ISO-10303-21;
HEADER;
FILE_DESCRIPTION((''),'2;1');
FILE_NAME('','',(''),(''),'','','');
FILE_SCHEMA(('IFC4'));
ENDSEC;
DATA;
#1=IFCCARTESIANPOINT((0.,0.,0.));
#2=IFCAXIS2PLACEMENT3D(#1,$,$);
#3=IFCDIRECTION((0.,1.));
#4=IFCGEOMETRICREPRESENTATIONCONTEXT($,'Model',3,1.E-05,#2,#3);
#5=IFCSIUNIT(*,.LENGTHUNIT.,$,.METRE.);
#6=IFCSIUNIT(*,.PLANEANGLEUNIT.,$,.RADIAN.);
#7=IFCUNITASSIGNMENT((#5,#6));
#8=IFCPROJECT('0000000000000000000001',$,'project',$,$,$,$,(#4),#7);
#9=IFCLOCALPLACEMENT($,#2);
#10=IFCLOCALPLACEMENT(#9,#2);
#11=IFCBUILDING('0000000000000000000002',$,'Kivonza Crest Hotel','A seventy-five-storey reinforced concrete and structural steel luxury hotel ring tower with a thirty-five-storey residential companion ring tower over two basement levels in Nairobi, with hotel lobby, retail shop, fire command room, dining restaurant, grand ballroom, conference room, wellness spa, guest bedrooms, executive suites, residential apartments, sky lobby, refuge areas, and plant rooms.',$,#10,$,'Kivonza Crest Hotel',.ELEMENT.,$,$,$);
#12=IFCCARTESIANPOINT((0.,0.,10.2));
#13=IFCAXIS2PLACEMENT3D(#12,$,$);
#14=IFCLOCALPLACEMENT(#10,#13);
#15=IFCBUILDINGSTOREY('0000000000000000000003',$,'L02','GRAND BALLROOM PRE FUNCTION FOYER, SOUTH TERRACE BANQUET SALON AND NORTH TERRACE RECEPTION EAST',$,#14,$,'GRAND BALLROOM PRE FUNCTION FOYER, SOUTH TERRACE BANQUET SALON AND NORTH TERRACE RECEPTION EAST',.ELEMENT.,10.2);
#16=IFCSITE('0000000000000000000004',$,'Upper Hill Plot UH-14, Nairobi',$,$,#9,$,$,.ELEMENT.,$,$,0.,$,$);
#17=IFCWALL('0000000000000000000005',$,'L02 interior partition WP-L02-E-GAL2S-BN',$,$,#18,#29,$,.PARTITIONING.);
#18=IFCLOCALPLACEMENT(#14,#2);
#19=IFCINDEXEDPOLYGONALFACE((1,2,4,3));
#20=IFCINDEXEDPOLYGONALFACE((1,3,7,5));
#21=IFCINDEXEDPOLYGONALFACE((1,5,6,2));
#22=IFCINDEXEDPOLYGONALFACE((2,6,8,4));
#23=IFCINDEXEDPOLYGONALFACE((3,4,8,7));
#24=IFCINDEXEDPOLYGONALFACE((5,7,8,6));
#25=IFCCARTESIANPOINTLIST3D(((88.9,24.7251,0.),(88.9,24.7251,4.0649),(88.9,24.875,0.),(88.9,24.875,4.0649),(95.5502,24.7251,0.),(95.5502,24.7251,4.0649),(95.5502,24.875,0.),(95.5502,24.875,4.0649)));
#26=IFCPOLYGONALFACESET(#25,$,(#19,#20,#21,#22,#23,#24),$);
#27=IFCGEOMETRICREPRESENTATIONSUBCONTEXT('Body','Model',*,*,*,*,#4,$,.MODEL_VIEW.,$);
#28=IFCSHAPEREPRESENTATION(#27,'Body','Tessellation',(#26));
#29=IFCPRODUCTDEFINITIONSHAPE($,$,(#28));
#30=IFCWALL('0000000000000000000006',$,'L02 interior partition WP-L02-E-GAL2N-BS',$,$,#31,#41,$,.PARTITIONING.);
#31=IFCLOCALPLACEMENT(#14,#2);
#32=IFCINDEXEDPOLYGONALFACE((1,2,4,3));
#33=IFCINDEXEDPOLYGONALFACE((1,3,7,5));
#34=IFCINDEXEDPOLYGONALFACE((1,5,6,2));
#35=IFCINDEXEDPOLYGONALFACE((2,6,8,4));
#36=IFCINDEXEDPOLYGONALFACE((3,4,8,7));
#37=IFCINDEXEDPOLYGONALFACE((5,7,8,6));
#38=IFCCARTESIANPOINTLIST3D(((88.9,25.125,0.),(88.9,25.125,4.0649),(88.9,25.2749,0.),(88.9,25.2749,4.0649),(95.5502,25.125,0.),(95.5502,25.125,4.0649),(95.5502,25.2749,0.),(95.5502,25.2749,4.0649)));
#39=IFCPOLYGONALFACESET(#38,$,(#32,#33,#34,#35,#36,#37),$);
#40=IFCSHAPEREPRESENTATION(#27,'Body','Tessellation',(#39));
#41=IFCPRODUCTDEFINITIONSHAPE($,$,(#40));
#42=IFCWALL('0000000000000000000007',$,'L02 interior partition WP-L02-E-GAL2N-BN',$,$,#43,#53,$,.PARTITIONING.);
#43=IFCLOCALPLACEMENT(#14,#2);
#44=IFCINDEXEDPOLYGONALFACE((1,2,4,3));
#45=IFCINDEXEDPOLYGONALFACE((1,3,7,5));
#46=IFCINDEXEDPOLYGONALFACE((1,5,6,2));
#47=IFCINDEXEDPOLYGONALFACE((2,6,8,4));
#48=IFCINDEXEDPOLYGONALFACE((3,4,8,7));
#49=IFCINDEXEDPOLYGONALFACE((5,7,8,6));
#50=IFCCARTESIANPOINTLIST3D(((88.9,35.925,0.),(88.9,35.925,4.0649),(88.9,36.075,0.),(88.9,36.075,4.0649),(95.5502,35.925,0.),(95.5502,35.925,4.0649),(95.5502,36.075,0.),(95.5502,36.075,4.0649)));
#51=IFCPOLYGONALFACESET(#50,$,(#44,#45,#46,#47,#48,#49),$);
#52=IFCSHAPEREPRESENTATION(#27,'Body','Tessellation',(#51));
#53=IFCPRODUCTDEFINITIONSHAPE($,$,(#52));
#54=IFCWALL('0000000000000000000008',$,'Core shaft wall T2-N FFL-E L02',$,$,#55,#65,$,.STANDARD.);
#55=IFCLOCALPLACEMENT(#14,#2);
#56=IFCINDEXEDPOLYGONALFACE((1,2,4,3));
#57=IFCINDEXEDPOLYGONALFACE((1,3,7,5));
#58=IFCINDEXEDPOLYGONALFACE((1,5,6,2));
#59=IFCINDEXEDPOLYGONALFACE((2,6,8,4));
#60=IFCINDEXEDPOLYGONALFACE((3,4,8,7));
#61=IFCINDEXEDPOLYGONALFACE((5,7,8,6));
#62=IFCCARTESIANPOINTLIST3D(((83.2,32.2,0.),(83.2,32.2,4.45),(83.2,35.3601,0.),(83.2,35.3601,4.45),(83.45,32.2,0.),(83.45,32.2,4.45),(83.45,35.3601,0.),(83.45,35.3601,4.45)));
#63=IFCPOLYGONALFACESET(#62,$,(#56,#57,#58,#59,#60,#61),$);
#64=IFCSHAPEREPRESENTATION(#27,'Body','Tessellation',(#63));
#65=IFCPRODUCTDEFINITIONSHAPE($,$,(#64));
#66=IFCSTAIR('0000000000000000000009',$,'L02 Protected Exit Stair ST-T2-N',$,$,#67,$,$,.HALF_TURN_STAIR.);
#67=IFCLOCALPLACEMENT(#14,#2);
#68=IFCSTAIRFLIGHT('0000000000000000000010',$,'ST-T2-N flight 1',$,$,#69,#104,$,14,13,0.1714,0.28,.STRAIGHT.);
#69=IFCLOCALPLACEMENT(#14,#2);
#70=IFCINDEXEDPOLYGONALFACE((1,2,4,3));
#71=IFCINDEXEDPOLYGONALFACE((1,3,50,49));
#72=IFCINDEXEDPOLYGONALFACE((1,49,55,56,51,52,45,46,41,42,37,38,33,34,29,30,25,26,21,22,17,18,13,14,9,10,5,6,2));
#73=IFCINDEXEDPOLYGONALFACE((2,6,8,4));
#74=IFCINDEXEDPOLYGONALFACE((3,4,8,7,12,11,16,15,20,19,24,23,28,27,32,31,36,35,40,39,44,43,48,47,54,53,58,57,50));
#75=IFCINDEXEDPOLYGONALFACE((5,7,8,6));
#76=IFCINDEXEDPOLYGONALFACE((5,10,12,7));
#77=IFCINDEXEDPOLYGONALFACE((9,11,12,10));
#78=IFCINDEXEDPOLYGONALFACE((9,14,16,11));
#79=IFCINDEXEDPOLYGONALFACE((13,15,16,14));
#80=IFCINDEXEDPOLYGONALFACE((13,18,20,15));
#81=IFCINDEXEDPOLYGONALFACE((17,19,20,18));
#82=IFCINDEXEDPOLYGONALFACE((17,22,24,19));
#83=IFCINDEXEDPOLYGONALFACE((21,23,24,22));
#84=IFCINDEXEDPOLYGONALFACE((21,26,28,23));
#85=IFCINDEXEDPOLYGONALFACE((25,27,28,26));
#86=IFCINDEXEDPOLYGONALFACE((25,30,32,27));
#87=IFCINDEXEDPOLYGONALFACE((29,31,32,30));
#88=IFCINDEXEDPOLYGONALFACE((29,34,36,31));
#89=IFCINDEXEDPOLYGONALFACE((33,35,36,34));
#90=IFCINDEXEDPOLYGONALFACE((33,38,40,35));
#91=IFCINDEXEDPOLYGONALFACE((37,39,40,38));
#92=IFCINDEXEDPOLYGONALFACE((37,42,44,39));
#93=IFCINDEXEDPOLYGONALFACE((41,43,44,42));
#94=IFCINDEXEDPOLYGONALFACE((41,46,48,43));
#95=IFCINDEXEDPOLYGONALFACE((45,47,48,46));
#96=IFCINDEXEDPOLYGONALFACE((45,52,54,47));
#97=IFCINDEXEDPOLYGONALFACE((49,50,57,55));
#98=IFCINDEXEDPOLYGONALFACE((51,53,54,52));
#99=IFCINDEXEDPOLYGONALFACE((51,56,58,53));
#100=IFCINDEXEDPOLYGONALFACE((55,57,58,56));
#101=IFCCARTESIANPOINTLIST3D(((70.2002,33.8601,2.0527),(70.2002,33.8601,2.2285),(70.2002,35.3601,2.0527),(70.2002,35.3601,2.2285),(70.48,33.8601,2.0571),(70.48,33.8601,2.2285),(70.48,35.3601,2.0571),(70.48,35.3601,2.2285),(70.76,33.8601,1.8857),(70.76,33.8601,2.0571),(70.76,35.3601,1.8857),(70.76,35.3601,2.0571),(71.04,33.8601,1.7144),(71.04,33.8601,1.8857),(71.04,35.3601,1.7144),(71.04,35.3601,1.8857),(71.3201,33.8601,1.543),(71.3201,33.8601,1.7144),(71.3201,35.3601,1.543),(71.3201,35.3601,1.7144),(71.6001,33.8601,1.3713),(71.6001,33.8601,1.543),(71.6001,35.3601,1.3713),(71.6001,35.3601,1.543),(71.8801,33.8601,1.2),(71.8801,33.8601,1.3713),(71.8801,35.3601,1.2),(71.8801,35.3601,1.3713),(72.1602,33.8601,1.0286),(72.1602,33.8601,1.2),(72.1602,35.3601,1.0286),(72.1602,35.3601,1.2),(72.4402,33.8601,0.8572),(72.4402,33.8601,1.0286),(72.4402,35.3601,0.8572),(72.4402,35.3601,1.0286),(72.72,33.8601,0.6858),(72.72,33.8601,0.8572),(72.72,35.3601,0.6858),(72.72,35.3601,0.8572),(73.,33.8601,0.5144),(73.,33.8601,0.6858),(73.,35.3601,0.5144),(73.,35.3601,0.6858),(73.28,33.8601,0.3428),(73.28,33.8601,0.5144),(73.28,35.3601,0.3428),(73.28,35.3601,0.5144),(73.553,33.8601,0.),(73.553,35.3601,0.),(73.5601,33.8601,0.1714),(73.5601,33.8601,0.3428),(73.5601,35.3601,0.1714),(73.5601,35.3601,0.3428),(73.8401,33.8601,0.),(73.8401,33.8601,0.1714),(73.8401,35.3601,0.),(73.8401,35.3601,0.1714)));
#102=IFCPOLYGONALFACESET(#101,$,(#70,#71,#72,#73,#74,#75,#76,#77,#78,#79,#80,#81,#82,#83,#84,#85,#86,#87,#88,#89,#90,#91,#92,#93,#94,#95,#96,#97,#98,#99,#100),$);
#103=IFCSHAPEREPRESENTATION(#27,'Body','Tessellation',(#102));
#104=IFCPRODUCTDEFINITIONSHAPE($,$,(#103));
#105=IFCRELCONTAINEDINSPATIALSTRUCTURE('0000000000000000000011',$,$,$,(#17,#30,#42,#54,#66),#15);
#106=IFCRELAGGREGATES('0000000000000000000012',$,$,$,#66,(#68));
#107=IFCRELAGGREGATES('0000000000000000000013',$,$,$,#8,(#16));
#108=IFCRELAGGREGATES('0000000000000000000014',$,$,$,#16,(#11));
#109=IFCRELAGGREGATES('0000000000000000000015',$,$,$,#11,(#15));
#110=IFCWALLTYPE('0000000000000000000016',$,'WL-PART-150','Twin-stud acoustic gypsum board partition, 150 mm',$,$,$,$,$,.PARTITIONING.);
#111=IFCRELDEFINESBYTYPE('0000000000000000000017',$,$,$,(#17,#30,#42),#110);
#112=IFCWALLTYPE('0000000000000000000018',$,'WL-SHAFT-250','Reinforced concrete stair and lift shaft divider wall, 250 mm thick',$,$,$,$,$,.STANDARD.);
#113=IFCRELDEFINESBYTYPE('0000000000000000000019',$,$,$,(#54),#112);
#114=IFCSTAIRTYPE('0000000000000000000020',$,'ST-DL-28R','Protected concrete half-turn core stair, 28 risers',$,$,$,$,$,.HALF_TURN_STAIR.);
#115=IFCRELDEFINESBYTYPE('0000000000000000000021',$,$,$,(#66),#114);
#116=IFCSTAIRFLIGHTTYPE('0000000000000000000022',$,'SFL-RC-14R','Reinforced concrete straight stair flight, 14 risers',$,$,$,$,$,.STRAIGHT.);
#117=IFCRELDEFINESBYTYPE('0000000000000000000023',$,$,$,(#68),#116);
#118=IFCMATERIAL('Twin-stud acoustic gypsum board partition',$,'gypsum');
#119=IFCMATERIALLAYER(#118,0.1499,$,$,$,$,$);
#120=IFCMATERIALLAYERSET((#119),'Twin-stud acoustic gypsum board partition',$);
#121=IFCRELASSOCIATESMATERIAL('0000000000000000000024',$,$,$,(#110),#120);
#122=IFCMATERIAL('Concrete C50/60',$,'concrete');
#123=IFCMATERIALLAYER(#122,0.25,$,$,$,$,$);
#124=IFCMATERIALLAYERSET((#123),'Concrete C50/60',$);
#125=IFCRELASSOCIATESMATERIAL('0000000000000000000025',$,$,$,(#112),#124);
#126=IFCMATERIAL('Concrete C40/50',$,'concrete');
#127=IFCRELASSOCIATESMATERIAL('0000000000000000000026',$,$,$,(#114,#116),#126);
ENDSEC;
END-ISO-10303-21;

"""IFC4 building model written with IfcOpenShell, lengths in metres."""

from ifc_helpers import new_model, si_unit, direction, frame, frame_2d, origin, place, context, subcontext, project, spatial, polyline, rectangle, outline, extrude, material, layer, layer_set, type_object, element, aggregate, save


model = new_model("IFC4")

# Units and contexts
model_context = context("Model", 3, precision=1e-05, world=origin(), true_north=direction((0.0, 1.0)))
body_context = subcontext(model_context, "Body", "Model", "MODEL_VIEW")
ifc_project = project(units=[si_unit("LENGTHUNIT", "METRE"), si_unit("PLANEANGLEUNIT", "RADIAN")], contexts=[model_context])

# Site, building, storey
site_placement = place(None, origin())
site = spatial("IfcSite", under=ifc_project, at=site_placement, Name="Upper Hill Plot UH-14, Nairobi", CompositionType="ELEMENT", RefElevation=0.0)
building_placement = place(site_placement, origin())
building = spatial("IfcBuilding", under=site, at=building_placement, Name="Kivonza Crest Hotel", Description="A seventy-five-storey reinforced concrete and structural steel luxury hotel ring tower with a thirty-five-storey residential companion ring tower over two basement levels in Nairobi, with hotel lobby, retail shop, fire command room, dining restaurant, grand ballroom, conference room, wellness spa, guest bedrooms, executive suites, residential apartments, sky lobby, refuge areas, and plant rooms.", LongName="Kivonza Crest Hotel", CompositionType="ELEMENT")
storey_placement = place(building_placement, frame((0.0, 0.0, 10.2)))
storey = spatial("IfcBuildingStorey", under=building, at=storey_placement, Name="L02", Description="GRAND BALLROOM PRE FUNCTION FOYER, SOUTH TERRACE BANQUET SALON AND NORTH TERRACE RECEPTION EAST", LongName="GRAND BALLROOM PRE FUNCTION FOYER, SOUTH TERRACE BANQUET SALON AND NORTH TERRACE RECEPTION EAST", CompositionType="ELEMENT", Elevation=10.2)

# Walls
ifc_material_1 = material(Name="Twin-stud acoustic gypsum board partition", Category="gypsum")
ifc_layer_1 = layer(ifc_material_1, 0.1499)
ifc_layer_set_1 = layer_set([ifc_layer_1], Name="Twin-stud acoustic gypsum board partition")
wall_type_1 = type_object("IfcWallType", Name="WL-PART-150", Description="Twin-stud acoustic gypsum board partition, 150 mm", PredefinedType="PARTITIONING", material=ifc_layer_set_1)
for number, where, z_axis, x_axis, name in (
    (1, (88.8999, 24.8, 0.0), (0.0, 0.0, 1.0), (1.0, 0.0, 0.0), "L02 interior partition WP-L02-E-GAL2S-BN"),
    (2, (88.8999, 25.2, 0.0), (0.0, 0.0, 1.0), (1.0, 0.0, 0.0), "L02 interior partition WP-L02-E-GAL2N-BS"),
    (3, (88.8999, 36.0, 0.0), (0.0, 0.0, 1.0), (1.0, 0.0, 0.0), "L02 interior partition WP-L02-E-GAL2N-BN"),
):
    element("IfcWall", number, at=place(storey_placement, frame(where, z_axis=z_axis, x_axis=x_axis)), inside=storey, type_object=wall_type_1, Name=name, PredefinedType="PARTITIONING", context=body_context, shape_type="SweptSolid", body=[
        extrude(rectangle(XDim=6.6501, YDim=0.1499, at=frame_2d((3.3252, 0.0))), origin(), (0.0, 0.0, 1.0), 4.0649),
    ])

# Shared definitions
ifc_material_2 = material(Name="Concrete C50/60", Category="concrete")
ifc_layer_2 = layer(ifc_material_2, 0.25)
ifc_layer_set_2 = layer_set([ifc_layer_2], Name="Concrete C50/60")
wall_type_2 = type_object("IfcWallType", Name="WL-SHAFT-250", Description="Reinforced concrete stair and lift shaft divider wall, 250 mm thick", PredefinedType="STANDARD", material=ifc_layer_set_2)

# Wall
wall_1_placement = place(storey_placement, frame((83.325, 32.2, 0.0), z_axis=(0.0, 0.0, 1.0), x_axis=(0.0, 1.0, 0.0)))
element("IfcWall", 4, at=wall_1_placement, inside=storey, type_object=wall_type_2, Name="Core shaft wall T2-N FFL-E L02", PredefinedType="STANDARD", context=body_context, shape_type="SweptSolid", body=[
    extrude(rectangle(XDim=3.1602, YDim=0.25, at=frame_2d((1.5801, 0.0))), origin(), (0.0, 0.0, 1.0), 4.45),
])

# Stair, stair flight
ifc_material_3 = material(Name="Concrete C40/50", Category="concrete")
stair_type = type_object("IfcStairType", Name="ST-DL-28R", Description="Protected concrete half-turn core stair, 28 risers", PredefinedType="HALF_TURN_STAIR", material=ifc_material_3)
stair_placement = place(storey_placement, origin())
stair = element("IfcStair", 5, at=stair_placement, inside=storey, type_object=stair_type, Name="L02 Protected Exit Stair ST-T2-N", PredefinedType="HALF_TURN_STAIR")
stair_flight_type = type_object("IfcStairFlightType", Name="SFL-RC-14R", Description="Reinforced concrete straight stair flight, 14 risers", PredefinedType="STRAIGHT", material=ifc_material_3)
stair_flight_placement = place(storey_placement, frame((73.8401, 34.6101, 0.0), z_axis=(0.0, 0.0, 1.0), x_axis=(-1.0, 0.0, 0.0)))
stair_flight = element("IfcStairFlight", 6, at=stair_flight_placement, type_object=stair_flight_type, Name="ST-T2-N flight 1", NumberOfRisers=14, NumberOfTreads=13, PredefinedType="STRAIGHT", RiserHeight=0.1714, TreadLength=0.28, context=body_context, shape_type="SweptSolid", body=[
    extrude(outline(polyline([(0.0, 0.0), (0.0, 0.1714), (0.28, 0.1714), (0.28, 0.3428), (0.5601, 0.3428), (0.5601, 0.5144), (0.8401, 0.5144), (0.8401, 0.6858), (1.1201, 0.6858), (1.1201, 0.8572), (1.3999, 0.8572), (1.3999, 1.0286), (1.6799, 1.0286), (1.6799, 1.2), (1.96, 1.2), (1.96, 1.3713), (2.24, 1.3713), (2.24, 1.543), (2.52, 1.543), (2.52, 1.7144), (2.8, 1.7144), (2.8, 1.8857), (3.0801, 1.8857), (3.0801, 2.0571), (3.3601, 2.0571), (3.3601, 2.2285), (3.6399, 2.2285), (3.6399, 2.3999), (3.6399, 2.0527), (0.2871, 0.0), (0.0, 0.0)])), frame((0.0, 0.75, 0.0), z_axis=(0.0, -1.0, 0.0), x_axis=(1.0, 0.0, 0.0)), (0.0, 0.0, 1.0), 1.5),
])
aggregate(stair, [stair_flight])

save(model, "model.ifc")
